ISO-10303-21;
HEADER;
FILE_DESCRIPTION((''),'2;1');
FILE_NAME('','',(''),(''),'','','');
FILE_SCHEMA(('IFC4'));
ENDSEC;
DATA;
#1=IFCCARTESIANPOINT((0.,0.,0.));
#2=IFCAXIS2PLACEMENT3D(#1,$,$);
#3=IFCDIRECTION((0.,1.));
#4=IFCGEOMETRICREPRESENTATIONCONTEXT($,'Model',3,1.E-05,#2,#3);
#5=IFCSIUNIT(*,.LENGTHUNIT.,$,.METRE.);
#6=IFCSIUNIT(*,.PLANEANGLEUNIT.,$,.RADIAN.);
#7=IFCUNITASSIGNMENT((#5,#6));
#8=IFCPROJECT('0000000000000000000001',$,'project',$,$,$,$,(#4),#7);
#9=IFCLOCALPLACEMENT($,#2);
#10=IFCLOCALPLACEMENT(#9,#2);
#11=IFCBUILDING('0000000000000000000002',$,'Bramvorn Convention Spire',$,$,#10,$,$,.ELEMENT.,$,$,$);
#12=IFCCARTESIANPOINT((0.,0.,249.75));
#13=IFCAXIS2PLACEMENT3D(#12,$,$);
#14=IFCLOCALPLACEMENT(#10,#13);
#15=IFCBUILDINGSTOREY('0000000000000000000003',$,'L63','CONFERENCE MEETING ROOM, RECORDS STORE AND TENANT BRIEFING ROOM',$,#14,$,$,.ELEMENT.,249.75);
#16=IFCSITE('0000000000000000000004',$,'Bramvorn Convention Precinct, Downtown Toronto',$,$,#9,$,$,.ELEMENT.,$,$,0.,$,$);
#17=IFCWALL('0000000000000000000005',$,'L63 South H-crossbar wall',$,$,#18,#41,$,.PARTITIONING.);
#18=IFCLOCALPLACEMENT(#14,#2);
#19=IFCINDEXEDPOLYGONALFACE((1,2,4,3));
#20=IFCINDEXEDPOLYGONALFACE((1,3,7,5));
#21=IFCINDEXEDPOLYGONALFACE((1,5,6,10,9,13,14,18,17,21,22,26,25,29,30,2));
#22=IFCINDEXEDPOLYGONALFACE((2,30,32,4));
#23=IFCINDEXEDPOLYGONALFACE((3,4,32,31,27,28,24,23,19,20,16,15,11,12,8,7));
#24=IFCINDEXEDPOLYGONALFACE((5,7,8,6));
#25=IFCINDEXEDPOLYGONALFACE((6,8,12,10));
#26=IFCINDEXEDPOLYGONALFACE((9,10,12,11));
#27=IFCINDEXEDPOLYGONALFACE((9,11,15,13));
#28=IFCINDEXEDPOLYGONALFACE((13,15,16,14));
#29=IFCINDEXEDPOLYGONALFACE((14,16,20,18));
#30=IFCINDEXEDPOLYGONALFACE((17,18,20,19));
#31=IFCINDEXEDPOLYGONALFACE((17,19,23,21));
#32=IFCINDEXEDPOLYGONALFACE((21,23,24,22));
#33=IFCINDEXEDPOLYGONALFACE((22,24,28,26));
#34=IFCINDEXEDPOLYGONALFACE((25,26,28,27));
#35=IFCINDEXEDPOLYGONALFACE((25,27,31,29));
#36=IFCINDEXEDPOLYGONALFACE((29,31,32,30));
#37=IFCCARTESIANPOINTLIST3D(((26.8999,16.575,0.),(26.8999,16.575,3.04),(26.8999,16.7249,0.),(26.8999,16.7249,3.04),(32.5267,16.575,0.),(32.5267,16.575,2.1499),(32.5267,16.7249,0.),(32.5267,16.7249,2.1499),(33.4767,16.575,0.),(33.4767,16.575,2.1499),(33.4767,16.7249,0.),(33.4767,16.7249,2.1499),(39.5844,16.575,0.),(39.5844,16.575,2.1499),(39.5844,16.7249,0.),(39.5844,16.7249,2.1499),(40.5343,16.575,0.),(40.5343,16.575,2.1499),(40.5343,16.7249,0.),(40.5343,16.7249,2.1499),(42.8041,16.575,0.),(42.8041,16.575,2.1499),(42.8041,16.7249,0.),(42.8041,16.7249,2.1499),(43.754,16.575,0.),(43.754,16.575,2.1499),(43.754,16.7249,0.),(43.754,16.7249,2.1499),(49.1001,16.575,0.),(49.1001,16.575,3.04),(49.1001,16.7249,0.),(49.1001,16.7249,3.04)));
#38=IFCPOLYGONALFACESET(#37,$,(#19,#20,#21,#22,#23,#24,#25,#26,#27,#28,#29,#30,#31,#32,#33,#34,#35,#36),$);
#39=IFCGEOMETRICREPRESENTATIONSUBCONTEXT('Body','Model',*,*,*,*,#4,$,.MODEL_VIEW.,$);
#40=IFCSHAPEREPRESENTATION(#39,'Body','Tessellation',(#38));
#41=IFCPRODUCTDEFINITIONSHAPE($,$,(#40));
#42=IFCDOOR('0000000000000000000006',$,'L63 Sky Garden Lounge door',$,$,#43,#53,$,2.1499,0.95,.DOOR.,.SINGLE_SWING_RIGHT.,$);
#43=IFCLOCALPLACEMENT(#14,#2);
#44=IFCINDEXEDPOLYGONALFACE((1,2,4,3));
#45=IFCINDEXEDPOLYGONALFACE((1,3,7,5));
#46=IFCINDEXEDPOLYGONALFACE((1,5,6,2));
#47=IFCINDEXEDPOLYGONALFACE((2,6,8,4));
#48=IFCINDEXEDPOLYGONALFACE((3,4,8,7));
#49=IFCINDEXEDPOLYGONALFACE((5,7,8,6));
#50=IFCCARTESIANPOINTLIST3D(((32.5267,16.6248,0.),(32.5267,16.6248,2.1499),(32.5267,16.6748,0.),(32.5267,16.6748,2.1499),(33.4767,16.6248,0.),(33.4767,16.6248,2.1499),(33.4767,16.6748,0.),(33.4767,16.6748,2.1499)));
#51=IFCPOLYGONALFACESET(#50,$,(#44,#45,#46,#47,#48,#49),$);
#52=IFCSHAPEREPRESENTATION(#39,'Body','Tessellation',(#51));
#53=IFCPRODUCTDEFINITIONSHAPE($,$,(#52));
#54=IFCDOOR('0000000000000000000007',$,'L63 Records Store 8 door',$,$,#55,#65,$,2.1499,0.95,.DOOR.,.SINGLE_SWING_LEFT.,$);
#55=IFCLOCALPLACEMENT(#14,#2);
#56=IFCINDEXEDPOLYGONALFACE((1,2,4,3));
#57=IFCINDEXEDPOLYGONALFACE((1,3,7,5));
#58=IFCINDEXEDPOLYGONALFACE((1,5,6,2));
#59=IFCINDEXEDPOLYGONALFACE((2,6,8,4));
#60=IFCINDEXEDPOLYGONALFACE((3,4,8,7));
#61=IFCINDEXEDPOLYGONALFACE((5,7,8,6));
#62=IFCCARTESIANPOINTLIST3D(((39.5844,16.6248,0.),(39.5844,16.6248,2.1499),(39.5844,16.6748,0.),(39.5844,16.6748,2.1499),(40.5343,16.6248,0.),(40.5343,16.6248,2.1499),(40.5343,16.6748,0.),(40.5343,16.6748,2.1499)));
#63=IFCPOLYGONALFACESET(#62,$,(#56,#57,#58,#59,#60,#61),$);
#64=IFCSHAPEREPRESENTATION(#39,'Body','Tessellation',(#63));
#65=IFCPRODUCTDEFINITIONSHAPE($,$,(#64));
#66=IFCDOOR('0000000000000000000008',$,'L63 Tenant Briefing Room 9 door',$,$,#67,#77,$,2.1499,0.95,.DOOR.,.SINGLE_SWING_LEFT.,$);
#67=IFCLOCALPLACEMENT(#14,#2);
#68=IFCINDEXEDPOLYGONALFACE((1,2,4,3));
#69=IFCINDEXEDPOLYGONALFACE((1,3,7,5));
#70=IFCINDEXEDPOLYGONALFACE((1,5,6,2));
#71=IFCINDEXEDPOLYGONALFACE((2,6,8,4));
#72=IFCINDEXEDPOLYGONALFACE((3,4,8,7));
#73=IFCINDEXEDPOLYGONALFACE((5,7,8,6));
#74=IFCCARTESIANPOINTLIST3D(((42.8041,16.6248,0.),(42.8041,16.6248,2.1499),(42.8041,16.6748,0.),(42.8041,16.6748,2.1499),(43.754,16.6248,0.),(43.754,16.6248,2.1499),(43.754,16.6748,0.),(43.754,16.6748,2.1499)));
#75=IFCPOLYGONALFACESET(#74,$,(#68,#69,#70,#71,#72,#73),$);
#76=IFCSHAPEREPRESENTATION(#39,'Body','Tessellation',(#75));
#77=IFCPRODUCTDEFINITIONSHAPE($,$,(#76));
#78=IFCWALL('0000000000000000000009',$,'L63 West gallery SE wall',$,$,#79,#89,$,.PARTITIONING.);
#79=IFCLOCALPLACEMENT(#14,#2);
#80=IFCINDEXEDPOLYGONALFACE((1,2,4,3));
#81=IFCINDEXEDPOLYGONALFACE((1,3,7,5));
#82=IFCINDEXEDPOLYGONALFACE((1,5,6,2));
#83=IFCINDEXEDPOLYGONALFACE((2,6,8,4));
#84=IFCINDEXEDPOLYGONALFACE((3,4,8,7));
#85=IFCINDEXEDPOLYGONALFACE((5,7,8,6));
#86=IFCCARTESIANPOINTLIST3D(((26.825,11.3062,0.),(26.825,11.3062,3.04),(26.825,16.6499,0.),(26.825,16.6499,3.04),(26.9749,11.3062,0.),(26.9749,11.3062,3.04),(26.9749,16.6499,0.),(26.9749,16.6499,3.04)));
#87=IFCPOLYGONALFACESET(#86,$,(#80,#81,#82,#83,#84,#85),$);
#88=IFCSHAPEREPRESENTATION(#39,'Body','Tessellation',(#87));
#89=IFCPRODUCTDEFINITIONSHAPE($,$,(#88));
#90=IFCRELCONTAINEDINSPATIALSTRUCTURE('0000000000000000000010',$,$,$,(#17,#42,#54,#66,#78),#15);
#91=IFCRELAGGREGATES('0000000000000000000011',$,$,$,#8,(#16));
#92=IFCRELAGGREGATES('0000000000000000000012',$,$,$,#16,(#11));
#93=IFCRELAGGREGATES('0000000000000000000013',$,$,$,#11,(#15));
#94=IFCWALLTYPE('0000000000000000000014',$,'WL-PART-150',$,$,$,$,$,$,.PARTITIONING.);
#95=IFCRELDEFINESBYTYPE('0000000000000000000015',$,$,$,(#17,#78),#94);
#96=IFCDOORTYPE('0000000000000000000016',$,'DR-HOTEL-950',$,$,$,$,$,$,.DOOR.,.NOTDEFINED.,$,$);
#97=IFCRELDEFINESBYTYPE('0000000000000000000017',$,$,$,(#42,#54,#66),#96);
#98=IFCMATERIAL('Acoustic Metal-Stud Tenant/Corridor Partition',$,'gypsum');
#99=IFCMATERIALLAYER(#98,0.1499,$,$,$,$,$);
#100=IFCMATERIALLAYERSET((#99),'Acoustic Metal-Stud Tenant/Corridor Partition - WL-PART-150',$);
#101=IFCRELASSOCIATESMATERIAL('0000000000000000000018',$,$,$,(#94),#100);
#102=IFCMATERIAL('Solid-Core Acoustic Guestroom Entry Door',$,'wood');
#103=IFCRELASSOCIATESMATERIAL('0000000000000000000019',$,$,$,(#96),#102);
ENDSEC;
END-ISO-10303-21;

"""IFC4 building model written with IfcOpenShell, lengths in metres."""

from ifc_helpers import new_model, si_unit, direction, frame, frame_2d, origin, place, context, subcontext, project, spatial, rectangle, extrude, material, layer, layer_set, type_object, element, fill, save


model = new_model("IFC4")

# Units and contexts
model_context = context("Model", 3, precision=1e-05, world=origin(), true_north=direction((0.0, 1.0)))
body_context = subcontext(model_context, "Body", "Model", "MODEL_VIEW")
ifc_project = project(units=[si_unit("LENGTHUNIT", "METRE"), si_unit("PLANEANGLEUNIT", "RADIAN")], contexts=[model_context])

# Site, building, storey
site_placement = place(None, origin())
site = spatial("IfcSite", under=ifc_project, at=site_placement, Name="Bramvorn Convention Precinct, Downtown Toronto", CompositionType="ELEMENT", RefElevation=0.0)
building_placement = place(site_placement, origin())
building = spatial("IfcBuilding", under=site, at=building_placement, Name="Bramvorn Convention Spire", CompositionType="ELEMENT")
storey_placement = place(building_placement, frame((0.0, 0.0, 249.75)))
storey = spatial("IfcBuildingStorey", under=building, at=storey_placement, Name="L63", Description="CONFERENCE MEETING ROOM, RECORDS STORE AND TENANT BRIEFING ROOM", CompositionType="ELEMENT", Elevation=249.75)

# Wall, openings, doors
ifc_material_1 = material(Name="Acoustic Metal-Stud Tenant/Corridor Partition", Category="gypsum")
ifc_layer_1 = layer(ifc_material_1, 0.1499)
ifc_layer_set_1 = layer_set([ifc_layer_1], Name="Acoustic Metal-Stud Tenant/Corridor Partition - WL-PART-150")
wall_type_1 = type_object("IfcWallType", Name="WL-PART-150", PredefinedType="PARTITIONING", material=ifc_layer_set_1)
wall_1_placement = place(storey_placement, frame((26.8999, 16.6499, 0.0), z_axis=(0.0, 0.0, 1.0), x_axis=(1.0, 0.0, 0.0)))
wall_1 = element("IfcWall", 1, at=wall_1_placement, inside=storey, type_object=wall_type_1, Name="L63 South H-crossbar wall", PredefinedType="PARTITIONING", context=body_context, shape_type="SweptSolid", body=[
    extrude(rectangle(XDim=22.2002, YDim=0.1499, at=frame_2d((11.1001, 0.0))), origin(), (0.0, 0.0, 1.0), 3.04),
])
opening_1_placement = place(wall_1_placement, frame((5.6267, 0.0, 0.0)))
opening_1 = element("IfcOpeningElement", 2, at=opening_1_placement, cuts=wall_1, PredefinedType="OPENING", context=body_context, shape_type="SweptSolid", body=[
    extrude(rectangle(XDim=0.95, YDim=2.1499, at=frame_2d((0.4751, 1.075))), frame((0.0, 0.085, 0.0), z_axis=(0.0, -1.0, 0.0), x_axis=(1.0, 0.0, 0.0)), (0.0, 0.0, 1.0), 0.1699),
])
opening_2_placement = place(wall_1_placement, frame((12.6843, 0.0, 0.0)))
opening_2 = element("IfcOpeningElement", 3, at=opening_2_placement, cuts=wall_1, PredefinedType="OPENING", context=body_context, shape_type="SweptSolid", body=[
    extrude(rectangle(XDim=0.95, YDim=2.1499, at=frame_2d((0.4751, 1.075))), frame((0.0, 0.085, 0.0), z_axis=(0.0, -1.0, 0.0), x_axis=(1.0, 0.0, 0.0)), (0.0, 0.0, 1.0), 0.1699),
])
opening_3_placement = place(wall_1_placement, frame((15.9041, 0.0, 0.0)))
opening_3 = element("IfcOpeningElement", 4, at=opening_3_placement, cuts=wall_1, PredefinedType="OPENING", context=body_context, shape_type="SweptSolid", body=[
    extrude(rectangle(XDim=0.95, YDim=2.1499, at=frame_2d((0.4751, 1.075))), frame((0.0, 0.085, 0.0), z_axis=(0.0, -1.0, 0.0), x_axis=(1.0, 0.0, 0.0)), (0.0, 0.0, 1.0), 0.1699),
])
ifc_material_2 = material(Name="Solid-Core Acoustic Guestroom Entry Door", Category="wood")
door_type_1 = type_object("IfcDoorType", Name="DR-HOTEL-950", OperationType="NOTDEFINED", PredefinedType="DOOR", material=ifc_material_2)
door_1_placement = place(opening_1_placement, origin())
door_1 = element("IfcDoor", 5, at=door_1_placement, inside=storey, type_object=door_type_1, Name="L63 Sky Garden Lounge door", OperationType="SINGLE_SWING_RIGHT", OverallHeight=2.1499, OverallWidth=0.95, PredefinedType="DOOR", context=body_context, shape_type="SweptSolid", body=[
    extrude(rectangle(XDim=0.95, YDim=2.1499, at=frame_2d((0.4751, 1.075))), frame((0.0, 0.0249, 0.0), z_axis=(0.0, -1.0, 0.0), x_axis=(1.0, 0.0, 0.0)), (0.0, 0.0, 1.0), 0.05),
])
fill(opening_1, door_1)
door_2_placement = place(opening_2_placement, origin())
door_2 = element("IfcDoor", 6, at=door_2_placement, inside=storey, type_object=door_type_1, Name="L63 Records Store 8 door", OperationType="SINGLE_SWING_LEFT", OverallHeight=2.1499, OverallWidth=0.95, PredefinedType="DOOR", context=body_context, shape_type="SweptSolid", body=[
    extrude(rectangle(XDim=0.95, YDim=2.1499, at=frame_2d((0.4751, 1.075))), frame((0.0, 0.0249, 0.0), z_axis=(0.0, -1.0, 0.0), x_axis=(1.0, 0.0, 0.0)), (0.0, 0.0, 1.0), 0.05),
])
fill(opening_2, door_2)
door_3_placement = place(opening_3_placement, origin())
door_3 = element("IfcDoor", 7, at=door_3_placement, inside=storey, type_object=door_type_1, Name="L63 Tenant Briefing Room 9 door", OperationType="SINGLE_SWING_LEFT", OverallHeight=2.1499, OverallWidth=0.95, PredefinedType="DOOR", context=body_context, shape_type="SweptSolid", body=[
    extrude(rectangle(XDim=0.95, YDim=2.1499, at=frame_2d((0.4751, 1.075))), frame((0.0, 0.0249, 0.0), z_axis=(0.0, -1.0, 0.0), x_axis=(1.0, 0.0, 0.0)), (0.0, 0.0, 1.0), 0.05),
])
fill(opening_3, door_3)

# Wall
wall_2_placement = place(storey_placement, frame((26.8999, 11.3062, 0.0), z_axis=(0.0, 0.0, 1.0), x_axis=(0.0, 1.0, 0.0)))
element("IfcWall", 8, at=wall_2_placement, inside=storey, type_object=wall_type_1, Name="L63 West gallery SE wall", PredefinedType="PARTITIONING", context=body_context, shape_type="SweptSolid", body=[
    extrude(rectangle(XDim=5.3438, YDim=0.1499, at=frame_2d((2.6719, 0.0))), origin(), (0.0, 0.0, 1.0), 3.04),
])

save(model, "model.ifc")
